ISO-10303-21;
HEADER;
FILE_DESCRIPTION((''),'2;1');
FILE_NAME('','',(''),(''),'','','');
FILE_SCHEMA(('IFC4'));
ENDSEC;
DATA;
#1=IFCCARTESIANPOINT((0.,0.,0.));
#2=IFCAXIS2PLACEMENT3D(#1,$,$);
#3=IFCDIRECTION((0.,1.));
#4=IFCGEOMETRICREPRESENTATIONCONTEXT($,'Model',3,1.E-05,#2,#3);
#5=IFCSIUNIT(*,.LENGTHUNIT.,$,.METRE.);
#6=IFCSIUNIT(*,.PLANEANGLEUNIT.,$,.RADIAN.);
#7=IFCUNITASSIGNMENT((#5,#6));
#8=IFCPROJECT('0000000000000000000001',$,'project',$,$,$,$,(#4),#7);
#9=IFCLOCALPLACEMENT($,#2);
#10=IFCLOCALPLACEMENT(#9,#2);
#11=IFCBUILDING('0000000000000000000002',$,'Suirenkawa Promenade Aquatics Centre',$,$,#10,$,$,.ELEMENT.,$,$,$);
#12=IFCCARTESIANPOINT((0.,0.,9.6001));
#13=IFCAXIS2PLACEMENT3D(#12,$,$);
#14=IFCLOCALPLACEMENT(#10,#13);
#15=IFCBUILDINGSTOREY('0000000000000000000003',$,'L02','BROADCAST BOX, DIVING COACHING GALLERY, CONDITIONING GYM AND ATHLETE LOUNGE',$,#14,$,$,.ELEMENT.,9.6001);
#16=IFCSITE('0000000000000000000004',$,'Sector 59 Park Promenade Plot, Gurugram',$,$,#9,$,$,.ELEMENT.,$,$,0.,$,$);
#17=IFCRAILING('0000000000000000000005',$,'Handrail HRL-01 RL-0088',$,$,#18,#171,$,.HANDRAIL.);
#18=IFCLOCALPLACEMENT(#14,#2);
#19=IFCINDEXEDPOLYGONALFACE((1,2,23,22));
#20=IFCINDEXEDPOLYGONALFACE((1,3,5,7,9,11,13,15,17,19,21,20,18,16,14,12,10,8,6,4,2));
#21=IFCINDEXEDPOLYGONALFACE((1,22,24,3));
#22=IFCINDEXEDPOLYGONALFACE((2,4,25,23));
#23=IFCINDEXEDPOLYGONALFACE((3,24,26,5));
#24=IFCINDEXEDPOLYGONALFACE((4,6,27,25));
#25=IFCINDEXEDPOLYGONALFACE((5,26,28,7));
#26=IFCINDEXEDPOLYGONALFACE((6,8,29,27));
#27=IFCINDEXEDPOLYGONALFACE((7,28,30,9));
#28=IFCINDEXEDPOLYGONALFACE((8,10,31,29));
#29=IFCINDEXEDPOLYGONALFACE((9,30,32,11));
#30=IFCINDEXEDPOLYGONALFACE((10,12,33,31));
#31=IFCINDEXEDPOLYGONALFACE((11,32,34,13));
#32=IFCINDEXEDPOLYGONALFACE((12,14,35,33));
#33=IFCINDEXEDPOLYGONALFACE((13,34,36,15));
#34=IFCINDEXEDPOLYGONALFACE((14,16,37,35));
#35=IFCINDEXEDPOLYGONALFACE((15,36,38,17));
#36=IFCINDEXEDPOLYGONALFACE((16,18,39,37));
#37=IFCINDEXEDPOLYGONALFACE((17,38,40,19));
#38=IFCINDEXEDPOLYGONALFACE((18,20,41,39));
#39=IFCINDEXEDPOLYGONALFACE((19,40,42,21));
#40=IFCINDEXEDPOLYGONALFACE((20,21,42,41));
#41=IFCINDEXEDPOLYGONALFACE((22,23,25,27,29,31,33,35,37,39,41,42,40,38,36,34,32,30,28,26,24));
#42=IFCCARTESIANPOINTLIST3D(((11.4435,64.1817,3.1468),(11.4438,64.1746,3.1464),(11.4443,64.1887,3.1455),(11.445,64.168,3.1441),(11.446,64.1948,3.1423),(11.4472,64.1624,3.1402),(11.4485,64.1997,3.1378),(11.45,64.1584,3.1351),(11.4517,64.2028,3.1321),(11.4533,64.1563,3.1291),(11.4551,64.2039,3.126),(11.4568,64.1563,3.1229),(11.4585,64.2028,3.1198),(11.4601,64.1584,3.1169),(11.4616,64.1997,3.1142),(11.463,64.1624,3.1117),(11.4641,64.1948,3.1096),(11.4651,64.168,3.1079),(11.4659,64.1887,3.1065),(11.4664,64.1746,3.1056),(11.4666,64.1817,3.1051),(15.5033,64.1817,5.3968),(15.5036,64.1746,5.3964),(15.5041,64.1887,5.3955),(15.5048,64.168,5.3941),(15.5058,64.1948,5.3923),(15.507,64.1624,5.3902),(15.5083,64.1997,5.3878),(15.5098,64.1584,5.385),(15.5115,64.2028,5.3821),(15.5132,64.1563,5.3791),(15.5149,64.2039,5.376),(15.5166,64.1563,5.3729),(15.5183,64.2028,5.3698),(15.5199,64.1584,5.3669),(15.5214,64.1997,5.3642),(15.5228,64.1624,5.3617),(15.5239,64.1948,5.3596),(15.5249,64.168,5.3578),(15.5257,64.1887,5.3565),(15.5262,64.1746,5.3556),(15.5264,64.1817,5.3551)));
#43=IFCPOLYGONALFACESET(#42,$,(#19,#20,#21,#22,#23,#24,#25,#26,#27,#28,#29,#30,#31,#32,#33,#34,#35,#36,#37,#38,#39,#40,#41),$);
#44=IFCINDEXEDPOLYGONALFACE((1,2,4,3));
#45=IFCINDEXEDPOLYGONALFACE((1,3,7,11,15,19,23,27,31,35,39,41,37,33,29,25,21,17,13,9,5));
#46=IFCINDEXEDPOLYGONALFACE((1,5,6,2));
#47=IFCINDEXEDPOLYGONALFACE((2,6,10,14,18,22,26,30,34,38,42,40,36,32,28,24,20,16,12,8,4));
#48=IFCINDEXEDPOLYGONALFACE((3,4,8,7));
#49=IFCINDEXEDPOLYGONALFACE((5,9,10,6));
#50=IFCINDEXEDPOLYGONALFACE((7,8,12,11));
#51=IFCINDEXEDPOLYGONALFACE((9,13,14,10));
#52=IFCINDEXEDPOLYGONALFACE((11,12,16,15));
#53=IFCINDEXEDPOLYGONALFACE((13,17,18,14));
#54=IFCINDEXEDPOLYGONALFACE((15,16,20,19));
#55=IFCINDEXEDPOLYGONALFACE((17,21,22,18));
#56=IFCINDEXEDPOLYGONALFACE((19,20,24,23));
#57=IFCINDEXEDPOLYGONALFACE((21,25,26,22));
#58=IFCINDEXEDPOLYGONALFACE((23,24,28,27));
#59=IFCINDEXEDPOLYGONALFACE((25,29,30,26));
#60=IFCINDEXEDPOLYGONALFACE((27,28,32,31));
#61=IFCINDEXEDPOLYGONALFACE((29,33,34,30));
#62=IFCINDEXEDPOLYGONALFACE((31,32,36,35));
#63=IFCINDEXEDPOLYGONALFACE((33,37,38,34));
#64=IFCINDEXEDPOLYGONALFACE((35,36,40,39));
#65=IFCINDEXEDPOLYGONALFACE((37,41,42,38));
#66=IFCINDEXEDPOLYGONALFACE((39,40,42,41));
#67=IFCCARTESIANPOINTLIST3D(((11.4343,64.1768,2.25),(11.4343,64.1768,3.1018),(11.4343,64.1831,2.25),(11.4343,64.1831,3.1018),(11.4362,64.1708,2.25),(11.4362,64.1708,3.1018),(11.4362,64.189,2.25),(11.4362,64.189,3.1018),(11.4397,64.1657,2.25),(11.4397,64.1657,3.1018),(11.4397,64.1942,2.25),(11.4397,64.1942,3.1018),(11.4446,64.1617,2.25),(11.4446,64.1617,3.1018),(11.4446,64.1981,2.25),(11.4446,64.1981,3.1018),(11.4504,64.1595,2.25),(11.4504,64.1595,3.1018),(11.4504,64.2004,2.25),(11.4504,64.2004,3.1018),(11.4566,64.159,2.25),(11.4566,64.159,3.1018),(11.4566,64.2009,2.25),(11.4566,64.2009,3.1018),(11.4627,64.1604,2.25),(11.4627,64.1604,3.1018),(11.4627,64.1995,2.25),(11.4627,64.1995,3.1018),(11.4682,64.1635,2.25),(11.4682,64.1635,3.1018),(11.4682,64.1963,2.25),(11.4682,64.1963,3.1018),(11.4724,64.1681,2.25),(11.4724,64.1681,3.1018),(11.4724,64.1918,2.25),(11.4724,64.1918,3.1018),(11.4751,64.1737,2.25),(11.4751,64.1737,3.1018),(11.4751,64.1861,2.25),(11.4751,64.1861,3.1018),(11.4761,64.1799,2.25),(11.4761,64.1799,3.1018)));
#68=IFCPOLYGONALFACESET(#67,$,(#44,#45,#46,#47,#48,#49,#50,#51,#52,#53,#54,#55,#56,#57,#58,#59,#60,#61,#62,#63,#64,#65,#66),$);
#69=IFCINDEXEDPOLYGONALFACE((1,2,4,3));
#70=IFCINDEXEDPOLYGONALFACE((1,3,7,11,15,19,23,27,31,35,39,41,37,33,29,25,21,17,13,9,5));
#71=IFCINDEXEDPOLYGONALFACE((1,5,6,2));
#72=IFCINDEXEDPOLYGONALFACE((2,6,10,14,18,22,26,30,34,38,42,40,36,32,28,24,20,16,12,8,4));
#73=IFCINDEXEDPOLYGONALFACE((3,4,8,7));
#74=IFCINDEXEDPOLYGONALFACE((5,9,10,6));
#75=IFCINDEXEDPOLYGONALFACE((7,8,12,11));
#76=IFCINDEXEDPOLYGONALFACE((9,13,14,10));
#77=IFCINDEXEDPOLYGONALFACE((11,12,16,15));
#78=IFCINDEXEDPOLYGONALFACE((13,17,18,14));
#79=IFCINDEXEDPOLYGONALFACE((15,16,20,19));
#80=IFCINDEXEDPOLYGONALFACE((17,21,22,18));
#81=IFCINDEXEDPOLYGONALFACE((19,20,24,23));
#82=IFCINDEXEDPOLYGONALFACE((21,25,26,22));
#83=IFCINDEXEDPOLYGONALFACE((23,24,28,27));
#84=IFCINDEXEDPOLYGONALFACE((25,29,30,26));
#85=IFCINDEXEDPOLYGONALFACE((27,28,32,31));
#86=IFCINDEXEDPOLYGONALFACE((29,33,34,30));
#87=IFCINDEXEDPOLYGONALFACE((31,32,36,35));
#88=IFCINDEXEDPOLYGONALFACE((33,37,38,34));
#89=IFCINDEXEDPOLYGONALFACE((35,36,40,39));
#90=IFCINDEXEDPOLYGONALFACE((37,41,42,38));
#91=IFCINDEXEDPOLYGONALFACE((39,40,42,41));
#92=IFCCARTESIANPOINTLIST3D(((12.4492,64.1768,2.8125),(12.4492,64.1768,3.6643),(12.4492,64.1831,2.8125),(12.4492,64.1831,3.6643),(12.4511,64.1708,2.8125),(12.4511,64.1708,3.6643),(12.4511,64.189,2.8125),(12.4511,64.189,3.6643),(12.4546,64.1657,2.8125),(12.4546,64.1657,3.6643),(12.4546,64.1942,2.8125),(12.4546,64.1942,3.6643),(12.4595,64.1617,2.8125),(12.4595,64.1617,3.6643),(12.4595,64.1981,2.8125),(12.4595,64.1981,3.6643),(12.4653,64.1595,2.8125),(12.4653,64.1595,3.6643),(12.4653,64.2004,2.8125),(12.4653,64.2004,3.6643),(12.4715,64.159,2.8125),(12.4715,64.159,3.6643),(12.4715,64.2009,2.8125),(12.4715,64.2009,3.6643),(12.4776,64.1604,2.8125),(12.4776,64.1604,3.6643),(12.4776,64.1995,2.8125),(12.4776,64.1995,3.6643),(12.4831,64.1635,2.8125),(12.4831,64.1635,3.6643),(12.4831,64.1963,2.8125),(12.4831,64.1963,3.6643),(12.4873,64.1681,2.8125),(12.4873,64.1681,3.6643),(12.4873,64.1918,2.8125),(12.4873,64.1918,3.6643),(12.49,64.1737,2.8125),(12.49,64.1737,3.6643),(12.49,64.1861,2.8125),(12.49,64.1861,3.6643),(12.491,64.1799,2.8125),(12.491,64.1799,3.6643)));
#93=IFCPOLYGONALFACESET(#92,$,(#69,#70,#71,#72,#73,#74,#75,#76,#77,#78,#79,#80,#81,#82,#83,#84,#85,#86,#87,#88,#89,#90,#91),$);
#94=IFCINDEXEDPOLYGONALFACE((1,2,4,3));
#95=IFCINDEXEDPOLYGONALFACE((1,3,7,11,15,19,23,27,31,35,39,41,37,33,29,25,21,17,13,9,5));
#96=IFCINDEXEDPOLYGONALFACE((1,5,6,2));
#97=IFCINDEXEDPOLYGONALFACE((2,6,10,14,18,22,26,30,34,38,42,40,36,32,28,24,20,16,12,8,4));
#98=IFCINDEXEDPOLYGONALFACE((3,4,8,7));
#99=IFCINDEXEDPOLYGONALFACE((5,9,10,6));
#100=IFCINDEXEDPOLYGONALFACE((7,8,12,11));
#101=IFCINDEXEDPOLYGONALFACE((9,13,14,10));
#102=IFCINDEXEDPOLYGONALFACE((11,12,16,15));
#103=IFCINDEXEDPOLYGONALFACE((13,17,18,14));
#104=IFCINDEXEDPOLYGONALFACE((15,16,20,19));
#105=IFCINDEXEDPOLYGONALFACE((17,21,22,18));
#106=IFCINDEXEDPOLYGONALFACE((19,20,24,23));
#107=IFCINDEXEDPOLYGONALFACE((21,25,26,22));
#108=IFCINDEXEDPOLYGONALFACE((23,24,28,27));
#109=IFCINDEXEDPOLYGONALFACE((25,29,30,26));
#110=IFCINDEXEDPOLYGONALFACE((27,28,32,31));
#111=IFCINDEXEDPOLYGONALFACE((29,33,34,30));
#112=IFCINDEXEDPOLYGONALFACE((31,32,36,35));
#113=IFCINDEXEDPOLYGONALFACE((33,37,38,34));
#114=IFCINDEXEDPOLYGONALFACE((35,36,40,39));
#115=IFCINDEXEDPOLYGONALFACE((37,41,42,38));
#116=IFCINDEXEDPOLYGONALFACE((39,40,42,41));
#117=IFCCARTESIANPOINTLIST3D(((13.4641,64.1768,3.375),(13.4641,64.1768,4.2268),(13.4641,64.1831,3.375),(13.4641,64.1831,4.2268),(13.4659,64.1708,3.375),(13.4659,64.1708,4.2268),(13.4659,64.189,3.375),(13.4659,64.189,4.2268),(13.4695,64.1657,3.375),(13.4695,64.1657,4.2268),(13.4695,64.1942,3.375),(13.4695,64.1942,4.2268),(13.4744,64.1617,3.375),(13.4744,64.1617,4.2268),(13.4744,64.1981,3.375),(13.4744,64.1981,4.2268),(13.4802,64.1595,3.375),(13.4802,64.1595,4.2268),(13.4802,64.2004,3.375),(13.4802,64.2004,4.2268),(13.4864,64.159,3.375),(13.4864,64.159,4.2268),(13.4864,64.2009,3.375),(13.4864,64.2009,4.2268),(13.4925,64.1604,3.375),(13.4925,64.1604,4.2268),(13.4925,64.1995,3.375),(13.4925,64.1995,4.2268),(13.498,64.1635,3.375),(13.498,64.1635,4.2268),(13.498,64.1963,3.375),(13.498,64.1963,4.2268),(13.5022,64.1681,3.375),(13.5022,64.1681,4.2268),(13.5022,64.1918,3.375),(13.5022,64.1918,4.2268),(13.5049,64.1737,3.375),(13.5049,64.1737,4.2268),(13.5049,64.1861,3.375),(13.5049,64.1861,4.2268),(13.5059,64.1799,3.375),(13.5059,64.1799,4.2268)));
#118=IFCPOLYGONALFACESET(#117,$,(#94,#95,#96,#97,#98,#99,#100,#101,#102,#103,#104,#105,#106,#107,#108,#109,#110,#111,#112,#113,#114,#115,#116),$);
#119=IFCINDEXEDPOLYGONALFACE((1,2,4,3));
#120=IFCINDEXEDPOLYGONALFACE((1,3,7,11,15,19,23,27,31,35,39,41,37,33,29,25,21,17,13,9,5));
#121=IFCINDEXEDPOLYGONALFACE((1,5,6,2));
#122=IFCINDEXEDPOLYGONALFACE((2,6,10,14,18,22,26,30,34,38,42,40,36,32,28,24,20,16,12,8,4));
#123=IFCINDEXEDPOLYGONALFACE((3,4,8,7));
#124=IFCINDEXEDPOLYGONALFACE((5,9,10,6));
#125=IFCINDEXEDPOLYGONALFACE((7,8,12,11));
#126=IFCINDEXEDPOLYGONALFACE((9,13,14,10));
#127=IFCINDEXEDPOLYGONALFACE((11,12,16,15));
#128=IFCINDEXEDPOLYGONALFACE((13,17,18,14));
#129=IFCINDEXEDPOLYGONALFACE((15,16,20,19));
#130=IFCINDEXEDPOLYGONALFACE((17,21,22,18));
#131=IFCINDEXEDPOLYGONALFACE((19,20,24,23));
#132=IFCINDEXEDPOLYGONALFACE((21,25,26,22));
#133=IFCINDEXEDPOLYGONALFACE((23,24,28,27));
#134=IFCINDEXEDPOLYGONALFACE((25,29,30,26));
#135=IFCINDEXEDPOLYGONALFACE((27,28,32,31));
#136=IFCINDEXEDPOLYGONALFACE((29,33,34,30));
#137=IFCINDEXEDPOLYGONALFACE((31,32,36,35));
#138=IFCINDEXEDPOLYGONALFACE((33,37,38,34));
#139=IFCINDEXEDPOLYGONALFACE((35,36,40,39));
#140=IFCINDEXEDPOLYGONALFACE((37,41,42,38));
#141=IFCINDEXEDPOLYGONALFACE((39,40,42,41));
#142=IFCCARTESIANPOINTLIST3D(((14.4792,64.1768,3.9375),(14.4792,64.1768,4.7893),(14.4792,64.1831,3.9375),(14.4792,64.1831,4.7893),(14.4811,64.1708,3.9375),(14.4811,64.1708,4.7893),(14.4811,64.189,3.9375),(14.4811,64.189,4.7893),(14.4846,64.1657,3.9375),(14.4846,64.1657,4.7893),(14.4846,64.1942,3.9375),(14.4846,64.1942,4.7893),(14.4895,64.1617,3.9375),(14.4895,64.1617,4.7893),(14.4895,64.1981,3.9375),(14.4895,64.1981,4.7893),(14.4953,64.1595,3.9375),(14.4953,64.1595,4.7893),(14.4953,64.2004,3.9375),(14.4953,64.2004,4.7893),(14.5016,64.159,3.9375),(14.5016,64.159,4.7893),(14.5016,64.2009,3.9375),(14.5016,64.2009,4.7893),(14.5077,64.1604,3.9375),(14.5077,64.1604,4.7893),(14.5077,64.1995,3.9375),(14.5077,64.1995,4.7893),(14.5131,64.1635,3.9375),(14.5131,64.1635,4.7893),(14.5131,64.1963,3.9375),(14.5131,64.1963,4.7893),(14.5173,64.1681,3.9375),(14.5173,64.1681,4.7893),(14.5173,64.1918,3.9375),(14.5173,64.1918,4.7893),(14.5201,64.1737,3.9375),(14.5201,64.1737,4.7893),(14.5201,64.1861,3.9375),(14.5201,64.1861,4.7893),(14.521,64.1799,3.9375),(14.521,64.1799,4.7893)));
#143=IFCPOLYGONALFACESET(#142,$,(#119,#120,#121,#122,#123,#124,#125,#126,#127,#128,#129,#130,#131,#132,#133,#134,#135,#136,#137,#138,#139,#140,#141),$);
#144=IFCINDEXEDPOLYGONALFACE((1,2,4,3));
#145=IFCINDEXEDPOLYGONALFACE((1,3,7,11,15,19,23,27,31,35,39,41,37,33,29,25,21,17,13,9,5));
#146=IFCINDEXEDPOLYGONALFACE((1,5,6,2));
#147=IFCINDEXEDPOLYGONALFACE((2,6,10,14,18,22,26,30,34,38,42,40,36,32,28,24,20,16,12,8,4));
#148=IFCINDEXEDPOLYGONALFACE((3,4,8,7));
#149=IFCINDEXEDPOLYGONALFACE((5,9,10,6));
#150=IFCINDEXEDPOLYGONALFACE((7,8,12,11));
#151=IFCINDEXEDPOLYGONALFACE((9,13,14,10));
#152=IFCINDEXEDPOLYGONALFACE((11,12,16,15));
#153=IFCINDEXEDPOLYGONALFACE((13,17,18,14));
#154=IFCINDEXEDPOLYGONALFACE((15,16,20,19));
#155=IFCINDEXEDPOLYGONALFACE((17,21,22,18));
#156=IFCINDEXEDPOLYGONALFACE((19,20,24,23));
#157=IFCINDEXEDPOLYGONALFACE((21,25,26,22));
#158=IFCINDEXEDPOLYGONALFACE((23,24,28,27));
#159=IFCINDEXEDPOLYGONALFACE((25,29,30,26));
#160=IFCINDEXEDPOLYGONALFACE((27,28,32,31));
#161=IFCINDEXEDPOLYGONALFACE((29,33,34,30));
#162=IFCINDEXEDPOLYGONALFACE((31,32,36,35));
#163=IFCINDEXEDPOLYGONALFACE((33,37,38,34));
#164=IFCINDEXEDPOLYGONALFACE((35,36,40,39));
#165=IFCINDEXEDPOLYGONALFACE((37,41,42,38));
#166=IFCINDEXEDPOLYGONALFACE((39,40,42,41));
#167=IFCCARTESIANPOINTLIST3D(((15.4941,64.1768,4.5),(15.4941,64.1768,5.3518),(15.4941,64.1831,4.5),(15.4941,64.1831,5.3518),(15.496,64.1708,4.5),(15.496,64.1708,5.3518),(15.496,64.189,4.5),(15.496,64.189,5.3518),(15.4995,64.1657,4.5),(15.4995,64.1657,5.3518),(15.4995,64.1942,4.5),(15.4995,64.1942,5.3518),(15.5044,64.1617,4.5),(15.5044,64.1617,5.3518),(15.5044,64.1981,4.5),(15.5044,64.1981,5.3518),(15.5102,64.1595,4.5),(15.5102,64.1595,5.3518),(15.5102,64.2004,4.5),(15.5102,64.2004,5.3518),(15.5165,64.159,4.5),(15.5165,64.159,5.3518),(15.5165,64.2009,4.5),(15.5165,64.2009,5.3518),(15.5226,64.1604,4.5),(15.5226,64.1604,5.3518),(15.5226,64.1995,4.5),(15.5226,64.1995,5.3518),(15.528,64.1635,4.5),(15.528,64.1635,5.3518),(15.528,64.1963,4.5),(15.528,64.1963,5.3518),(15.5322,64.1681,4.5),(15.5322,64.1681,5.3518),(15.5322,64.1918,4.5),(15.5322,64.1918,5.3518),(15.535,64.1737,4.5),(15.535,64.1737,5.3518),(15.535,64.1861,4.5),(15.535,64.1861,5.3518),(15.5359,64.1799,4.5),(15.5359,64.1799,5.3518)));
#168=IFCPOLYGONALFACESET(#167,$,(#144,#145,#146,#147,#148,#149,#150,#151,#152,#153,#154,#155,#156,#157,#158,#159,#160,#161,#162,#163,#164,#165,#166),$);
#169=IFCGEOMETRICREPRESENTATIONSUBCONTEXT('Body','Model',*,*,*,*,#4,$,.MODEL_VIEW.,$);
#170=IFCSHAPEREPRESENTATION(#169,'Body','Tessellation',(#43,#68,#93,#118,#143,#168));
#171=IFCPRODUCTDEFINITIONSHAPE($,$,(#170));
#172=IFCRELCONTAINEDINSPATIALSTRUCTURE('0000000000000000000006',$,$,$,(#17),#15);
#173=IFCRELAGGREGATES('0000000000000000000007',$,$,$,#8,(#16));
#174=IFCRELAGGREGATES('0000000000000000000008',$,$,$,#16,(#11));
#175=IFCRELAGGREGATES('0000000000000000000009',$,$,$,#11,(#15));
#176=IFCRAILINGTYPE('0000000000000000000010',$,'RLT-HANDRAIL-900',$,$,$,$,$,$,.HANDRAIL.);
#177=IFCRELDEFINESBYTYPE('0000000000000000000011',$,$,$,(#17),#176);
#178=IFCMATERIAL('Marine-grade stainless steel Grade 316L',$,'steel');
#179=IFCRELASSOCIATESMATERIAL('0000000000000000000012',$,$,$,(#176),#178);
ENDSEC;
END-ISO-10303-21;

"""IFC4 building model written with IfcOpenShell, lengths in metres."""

from ifc_helpers import new_model, si_unit, direction, frame, origin, origin_2d, place, context, subcontext, project, spatial, circle, extrude, material, type_object, element, save


model = new_model("IFC4")

# Units and contexts
model_context = context("Model", 3, precision=1e-05, world=origin(), true_north=direction((0.0, 1.0)))
body_context = subcontext(model_context, "Body", "Model", "MODEL_VIEW")
ifc_project = project(units=[si_unit("LENGTHUNIT", "METRE"), si_unit("PLANEANGLEUNIT", "RADIAN")], contexts=[model_context])

# Site, building, storey
site_placement = place(None, origin())
site = spatial("IfcSite", under=ifc_project, at=site_placement, Name="Sector 59 Park Promenade Plot, Gurugram", CompositionType="ELEMENT", RefElevation=0.0)
building_placement = place(site_placement, origin())
building = spatial("IfcBuilding", under=site, at=building_placement, Name="Suirenkawa Promenade Aquatics Centre", CompositionType="ELEMENT")
storey_placement = place(building_placement, frame((0.0, 0.0, 9.6001)))
storey = spatial("IfcBuildingStorey", under=building, at=storey_placement, Name="L02", Description="BROADCAST BOX, DIVING COACHING GALLERY, CONDITIONING GYM AND ATHLETE LOUNGE", CompositionType="ELEMENT", Elevation=9.6001)

# Railing
ifc_material_1 = material(Name="Marine-grade stainless steel Grade 316L", Category="steel")
railing_type_1 = type_object("IfcRailingType", Name="RLT-HANDRAIL-900", PredefinedType="HANDRAIL", material=ifc_material_1)
for number, where, name in (
    (1, (11.4551, 64.1799, 2.25), "Handrail HRL-01 RL-0088"),
):
    element("IfcRailing", number, at=place(storey_placement, frame(where)), inside=storey, type_object=railing_type_1, Name=name, PredefinedType="HANDRAIL", context=body_context, shape_type="SweptSolid", body=[
        extrude(circle(Radius=0.0239, at=origin_2d()), frame((0.0, 0.0, 0.876), z_axis=(0.874656, 0.0, 0.484745), x_axis=(0.0, 1.0, 0.0)), (0.0, 0.0, 1.0), 4.6416),
        extrude(circle(Radius=0.021, at=origin_2d()), origin(), (0.0, 0.0, 1.0), 0.8518),
        extrude(circle(Radius=0.021, at=origin_2d()), frame((1.0149, 0.0, 0.5625)), (0.0, 0.0, 1.0), 0.8518),
        extrude(circle(Radius=0.021, at=origin_2d()), frame((2.0298, 0.0, 1.125)), (0.0, 0.0, 1.0), 0.8518),
        extrude(circle(Radius=0.021, at=origin_2d()), frame((3.0449, 0.0, 1.6875)), (0.0, 0.0, 1.0), 0.8518),
        extrude(circle(Radius=0.021, at=origin_2d()), frame((4.0598, 0.0, 2.25)), (0.0, 0.0, 1.0), 0.8518),
    ])

save(model, "model.ifc")
